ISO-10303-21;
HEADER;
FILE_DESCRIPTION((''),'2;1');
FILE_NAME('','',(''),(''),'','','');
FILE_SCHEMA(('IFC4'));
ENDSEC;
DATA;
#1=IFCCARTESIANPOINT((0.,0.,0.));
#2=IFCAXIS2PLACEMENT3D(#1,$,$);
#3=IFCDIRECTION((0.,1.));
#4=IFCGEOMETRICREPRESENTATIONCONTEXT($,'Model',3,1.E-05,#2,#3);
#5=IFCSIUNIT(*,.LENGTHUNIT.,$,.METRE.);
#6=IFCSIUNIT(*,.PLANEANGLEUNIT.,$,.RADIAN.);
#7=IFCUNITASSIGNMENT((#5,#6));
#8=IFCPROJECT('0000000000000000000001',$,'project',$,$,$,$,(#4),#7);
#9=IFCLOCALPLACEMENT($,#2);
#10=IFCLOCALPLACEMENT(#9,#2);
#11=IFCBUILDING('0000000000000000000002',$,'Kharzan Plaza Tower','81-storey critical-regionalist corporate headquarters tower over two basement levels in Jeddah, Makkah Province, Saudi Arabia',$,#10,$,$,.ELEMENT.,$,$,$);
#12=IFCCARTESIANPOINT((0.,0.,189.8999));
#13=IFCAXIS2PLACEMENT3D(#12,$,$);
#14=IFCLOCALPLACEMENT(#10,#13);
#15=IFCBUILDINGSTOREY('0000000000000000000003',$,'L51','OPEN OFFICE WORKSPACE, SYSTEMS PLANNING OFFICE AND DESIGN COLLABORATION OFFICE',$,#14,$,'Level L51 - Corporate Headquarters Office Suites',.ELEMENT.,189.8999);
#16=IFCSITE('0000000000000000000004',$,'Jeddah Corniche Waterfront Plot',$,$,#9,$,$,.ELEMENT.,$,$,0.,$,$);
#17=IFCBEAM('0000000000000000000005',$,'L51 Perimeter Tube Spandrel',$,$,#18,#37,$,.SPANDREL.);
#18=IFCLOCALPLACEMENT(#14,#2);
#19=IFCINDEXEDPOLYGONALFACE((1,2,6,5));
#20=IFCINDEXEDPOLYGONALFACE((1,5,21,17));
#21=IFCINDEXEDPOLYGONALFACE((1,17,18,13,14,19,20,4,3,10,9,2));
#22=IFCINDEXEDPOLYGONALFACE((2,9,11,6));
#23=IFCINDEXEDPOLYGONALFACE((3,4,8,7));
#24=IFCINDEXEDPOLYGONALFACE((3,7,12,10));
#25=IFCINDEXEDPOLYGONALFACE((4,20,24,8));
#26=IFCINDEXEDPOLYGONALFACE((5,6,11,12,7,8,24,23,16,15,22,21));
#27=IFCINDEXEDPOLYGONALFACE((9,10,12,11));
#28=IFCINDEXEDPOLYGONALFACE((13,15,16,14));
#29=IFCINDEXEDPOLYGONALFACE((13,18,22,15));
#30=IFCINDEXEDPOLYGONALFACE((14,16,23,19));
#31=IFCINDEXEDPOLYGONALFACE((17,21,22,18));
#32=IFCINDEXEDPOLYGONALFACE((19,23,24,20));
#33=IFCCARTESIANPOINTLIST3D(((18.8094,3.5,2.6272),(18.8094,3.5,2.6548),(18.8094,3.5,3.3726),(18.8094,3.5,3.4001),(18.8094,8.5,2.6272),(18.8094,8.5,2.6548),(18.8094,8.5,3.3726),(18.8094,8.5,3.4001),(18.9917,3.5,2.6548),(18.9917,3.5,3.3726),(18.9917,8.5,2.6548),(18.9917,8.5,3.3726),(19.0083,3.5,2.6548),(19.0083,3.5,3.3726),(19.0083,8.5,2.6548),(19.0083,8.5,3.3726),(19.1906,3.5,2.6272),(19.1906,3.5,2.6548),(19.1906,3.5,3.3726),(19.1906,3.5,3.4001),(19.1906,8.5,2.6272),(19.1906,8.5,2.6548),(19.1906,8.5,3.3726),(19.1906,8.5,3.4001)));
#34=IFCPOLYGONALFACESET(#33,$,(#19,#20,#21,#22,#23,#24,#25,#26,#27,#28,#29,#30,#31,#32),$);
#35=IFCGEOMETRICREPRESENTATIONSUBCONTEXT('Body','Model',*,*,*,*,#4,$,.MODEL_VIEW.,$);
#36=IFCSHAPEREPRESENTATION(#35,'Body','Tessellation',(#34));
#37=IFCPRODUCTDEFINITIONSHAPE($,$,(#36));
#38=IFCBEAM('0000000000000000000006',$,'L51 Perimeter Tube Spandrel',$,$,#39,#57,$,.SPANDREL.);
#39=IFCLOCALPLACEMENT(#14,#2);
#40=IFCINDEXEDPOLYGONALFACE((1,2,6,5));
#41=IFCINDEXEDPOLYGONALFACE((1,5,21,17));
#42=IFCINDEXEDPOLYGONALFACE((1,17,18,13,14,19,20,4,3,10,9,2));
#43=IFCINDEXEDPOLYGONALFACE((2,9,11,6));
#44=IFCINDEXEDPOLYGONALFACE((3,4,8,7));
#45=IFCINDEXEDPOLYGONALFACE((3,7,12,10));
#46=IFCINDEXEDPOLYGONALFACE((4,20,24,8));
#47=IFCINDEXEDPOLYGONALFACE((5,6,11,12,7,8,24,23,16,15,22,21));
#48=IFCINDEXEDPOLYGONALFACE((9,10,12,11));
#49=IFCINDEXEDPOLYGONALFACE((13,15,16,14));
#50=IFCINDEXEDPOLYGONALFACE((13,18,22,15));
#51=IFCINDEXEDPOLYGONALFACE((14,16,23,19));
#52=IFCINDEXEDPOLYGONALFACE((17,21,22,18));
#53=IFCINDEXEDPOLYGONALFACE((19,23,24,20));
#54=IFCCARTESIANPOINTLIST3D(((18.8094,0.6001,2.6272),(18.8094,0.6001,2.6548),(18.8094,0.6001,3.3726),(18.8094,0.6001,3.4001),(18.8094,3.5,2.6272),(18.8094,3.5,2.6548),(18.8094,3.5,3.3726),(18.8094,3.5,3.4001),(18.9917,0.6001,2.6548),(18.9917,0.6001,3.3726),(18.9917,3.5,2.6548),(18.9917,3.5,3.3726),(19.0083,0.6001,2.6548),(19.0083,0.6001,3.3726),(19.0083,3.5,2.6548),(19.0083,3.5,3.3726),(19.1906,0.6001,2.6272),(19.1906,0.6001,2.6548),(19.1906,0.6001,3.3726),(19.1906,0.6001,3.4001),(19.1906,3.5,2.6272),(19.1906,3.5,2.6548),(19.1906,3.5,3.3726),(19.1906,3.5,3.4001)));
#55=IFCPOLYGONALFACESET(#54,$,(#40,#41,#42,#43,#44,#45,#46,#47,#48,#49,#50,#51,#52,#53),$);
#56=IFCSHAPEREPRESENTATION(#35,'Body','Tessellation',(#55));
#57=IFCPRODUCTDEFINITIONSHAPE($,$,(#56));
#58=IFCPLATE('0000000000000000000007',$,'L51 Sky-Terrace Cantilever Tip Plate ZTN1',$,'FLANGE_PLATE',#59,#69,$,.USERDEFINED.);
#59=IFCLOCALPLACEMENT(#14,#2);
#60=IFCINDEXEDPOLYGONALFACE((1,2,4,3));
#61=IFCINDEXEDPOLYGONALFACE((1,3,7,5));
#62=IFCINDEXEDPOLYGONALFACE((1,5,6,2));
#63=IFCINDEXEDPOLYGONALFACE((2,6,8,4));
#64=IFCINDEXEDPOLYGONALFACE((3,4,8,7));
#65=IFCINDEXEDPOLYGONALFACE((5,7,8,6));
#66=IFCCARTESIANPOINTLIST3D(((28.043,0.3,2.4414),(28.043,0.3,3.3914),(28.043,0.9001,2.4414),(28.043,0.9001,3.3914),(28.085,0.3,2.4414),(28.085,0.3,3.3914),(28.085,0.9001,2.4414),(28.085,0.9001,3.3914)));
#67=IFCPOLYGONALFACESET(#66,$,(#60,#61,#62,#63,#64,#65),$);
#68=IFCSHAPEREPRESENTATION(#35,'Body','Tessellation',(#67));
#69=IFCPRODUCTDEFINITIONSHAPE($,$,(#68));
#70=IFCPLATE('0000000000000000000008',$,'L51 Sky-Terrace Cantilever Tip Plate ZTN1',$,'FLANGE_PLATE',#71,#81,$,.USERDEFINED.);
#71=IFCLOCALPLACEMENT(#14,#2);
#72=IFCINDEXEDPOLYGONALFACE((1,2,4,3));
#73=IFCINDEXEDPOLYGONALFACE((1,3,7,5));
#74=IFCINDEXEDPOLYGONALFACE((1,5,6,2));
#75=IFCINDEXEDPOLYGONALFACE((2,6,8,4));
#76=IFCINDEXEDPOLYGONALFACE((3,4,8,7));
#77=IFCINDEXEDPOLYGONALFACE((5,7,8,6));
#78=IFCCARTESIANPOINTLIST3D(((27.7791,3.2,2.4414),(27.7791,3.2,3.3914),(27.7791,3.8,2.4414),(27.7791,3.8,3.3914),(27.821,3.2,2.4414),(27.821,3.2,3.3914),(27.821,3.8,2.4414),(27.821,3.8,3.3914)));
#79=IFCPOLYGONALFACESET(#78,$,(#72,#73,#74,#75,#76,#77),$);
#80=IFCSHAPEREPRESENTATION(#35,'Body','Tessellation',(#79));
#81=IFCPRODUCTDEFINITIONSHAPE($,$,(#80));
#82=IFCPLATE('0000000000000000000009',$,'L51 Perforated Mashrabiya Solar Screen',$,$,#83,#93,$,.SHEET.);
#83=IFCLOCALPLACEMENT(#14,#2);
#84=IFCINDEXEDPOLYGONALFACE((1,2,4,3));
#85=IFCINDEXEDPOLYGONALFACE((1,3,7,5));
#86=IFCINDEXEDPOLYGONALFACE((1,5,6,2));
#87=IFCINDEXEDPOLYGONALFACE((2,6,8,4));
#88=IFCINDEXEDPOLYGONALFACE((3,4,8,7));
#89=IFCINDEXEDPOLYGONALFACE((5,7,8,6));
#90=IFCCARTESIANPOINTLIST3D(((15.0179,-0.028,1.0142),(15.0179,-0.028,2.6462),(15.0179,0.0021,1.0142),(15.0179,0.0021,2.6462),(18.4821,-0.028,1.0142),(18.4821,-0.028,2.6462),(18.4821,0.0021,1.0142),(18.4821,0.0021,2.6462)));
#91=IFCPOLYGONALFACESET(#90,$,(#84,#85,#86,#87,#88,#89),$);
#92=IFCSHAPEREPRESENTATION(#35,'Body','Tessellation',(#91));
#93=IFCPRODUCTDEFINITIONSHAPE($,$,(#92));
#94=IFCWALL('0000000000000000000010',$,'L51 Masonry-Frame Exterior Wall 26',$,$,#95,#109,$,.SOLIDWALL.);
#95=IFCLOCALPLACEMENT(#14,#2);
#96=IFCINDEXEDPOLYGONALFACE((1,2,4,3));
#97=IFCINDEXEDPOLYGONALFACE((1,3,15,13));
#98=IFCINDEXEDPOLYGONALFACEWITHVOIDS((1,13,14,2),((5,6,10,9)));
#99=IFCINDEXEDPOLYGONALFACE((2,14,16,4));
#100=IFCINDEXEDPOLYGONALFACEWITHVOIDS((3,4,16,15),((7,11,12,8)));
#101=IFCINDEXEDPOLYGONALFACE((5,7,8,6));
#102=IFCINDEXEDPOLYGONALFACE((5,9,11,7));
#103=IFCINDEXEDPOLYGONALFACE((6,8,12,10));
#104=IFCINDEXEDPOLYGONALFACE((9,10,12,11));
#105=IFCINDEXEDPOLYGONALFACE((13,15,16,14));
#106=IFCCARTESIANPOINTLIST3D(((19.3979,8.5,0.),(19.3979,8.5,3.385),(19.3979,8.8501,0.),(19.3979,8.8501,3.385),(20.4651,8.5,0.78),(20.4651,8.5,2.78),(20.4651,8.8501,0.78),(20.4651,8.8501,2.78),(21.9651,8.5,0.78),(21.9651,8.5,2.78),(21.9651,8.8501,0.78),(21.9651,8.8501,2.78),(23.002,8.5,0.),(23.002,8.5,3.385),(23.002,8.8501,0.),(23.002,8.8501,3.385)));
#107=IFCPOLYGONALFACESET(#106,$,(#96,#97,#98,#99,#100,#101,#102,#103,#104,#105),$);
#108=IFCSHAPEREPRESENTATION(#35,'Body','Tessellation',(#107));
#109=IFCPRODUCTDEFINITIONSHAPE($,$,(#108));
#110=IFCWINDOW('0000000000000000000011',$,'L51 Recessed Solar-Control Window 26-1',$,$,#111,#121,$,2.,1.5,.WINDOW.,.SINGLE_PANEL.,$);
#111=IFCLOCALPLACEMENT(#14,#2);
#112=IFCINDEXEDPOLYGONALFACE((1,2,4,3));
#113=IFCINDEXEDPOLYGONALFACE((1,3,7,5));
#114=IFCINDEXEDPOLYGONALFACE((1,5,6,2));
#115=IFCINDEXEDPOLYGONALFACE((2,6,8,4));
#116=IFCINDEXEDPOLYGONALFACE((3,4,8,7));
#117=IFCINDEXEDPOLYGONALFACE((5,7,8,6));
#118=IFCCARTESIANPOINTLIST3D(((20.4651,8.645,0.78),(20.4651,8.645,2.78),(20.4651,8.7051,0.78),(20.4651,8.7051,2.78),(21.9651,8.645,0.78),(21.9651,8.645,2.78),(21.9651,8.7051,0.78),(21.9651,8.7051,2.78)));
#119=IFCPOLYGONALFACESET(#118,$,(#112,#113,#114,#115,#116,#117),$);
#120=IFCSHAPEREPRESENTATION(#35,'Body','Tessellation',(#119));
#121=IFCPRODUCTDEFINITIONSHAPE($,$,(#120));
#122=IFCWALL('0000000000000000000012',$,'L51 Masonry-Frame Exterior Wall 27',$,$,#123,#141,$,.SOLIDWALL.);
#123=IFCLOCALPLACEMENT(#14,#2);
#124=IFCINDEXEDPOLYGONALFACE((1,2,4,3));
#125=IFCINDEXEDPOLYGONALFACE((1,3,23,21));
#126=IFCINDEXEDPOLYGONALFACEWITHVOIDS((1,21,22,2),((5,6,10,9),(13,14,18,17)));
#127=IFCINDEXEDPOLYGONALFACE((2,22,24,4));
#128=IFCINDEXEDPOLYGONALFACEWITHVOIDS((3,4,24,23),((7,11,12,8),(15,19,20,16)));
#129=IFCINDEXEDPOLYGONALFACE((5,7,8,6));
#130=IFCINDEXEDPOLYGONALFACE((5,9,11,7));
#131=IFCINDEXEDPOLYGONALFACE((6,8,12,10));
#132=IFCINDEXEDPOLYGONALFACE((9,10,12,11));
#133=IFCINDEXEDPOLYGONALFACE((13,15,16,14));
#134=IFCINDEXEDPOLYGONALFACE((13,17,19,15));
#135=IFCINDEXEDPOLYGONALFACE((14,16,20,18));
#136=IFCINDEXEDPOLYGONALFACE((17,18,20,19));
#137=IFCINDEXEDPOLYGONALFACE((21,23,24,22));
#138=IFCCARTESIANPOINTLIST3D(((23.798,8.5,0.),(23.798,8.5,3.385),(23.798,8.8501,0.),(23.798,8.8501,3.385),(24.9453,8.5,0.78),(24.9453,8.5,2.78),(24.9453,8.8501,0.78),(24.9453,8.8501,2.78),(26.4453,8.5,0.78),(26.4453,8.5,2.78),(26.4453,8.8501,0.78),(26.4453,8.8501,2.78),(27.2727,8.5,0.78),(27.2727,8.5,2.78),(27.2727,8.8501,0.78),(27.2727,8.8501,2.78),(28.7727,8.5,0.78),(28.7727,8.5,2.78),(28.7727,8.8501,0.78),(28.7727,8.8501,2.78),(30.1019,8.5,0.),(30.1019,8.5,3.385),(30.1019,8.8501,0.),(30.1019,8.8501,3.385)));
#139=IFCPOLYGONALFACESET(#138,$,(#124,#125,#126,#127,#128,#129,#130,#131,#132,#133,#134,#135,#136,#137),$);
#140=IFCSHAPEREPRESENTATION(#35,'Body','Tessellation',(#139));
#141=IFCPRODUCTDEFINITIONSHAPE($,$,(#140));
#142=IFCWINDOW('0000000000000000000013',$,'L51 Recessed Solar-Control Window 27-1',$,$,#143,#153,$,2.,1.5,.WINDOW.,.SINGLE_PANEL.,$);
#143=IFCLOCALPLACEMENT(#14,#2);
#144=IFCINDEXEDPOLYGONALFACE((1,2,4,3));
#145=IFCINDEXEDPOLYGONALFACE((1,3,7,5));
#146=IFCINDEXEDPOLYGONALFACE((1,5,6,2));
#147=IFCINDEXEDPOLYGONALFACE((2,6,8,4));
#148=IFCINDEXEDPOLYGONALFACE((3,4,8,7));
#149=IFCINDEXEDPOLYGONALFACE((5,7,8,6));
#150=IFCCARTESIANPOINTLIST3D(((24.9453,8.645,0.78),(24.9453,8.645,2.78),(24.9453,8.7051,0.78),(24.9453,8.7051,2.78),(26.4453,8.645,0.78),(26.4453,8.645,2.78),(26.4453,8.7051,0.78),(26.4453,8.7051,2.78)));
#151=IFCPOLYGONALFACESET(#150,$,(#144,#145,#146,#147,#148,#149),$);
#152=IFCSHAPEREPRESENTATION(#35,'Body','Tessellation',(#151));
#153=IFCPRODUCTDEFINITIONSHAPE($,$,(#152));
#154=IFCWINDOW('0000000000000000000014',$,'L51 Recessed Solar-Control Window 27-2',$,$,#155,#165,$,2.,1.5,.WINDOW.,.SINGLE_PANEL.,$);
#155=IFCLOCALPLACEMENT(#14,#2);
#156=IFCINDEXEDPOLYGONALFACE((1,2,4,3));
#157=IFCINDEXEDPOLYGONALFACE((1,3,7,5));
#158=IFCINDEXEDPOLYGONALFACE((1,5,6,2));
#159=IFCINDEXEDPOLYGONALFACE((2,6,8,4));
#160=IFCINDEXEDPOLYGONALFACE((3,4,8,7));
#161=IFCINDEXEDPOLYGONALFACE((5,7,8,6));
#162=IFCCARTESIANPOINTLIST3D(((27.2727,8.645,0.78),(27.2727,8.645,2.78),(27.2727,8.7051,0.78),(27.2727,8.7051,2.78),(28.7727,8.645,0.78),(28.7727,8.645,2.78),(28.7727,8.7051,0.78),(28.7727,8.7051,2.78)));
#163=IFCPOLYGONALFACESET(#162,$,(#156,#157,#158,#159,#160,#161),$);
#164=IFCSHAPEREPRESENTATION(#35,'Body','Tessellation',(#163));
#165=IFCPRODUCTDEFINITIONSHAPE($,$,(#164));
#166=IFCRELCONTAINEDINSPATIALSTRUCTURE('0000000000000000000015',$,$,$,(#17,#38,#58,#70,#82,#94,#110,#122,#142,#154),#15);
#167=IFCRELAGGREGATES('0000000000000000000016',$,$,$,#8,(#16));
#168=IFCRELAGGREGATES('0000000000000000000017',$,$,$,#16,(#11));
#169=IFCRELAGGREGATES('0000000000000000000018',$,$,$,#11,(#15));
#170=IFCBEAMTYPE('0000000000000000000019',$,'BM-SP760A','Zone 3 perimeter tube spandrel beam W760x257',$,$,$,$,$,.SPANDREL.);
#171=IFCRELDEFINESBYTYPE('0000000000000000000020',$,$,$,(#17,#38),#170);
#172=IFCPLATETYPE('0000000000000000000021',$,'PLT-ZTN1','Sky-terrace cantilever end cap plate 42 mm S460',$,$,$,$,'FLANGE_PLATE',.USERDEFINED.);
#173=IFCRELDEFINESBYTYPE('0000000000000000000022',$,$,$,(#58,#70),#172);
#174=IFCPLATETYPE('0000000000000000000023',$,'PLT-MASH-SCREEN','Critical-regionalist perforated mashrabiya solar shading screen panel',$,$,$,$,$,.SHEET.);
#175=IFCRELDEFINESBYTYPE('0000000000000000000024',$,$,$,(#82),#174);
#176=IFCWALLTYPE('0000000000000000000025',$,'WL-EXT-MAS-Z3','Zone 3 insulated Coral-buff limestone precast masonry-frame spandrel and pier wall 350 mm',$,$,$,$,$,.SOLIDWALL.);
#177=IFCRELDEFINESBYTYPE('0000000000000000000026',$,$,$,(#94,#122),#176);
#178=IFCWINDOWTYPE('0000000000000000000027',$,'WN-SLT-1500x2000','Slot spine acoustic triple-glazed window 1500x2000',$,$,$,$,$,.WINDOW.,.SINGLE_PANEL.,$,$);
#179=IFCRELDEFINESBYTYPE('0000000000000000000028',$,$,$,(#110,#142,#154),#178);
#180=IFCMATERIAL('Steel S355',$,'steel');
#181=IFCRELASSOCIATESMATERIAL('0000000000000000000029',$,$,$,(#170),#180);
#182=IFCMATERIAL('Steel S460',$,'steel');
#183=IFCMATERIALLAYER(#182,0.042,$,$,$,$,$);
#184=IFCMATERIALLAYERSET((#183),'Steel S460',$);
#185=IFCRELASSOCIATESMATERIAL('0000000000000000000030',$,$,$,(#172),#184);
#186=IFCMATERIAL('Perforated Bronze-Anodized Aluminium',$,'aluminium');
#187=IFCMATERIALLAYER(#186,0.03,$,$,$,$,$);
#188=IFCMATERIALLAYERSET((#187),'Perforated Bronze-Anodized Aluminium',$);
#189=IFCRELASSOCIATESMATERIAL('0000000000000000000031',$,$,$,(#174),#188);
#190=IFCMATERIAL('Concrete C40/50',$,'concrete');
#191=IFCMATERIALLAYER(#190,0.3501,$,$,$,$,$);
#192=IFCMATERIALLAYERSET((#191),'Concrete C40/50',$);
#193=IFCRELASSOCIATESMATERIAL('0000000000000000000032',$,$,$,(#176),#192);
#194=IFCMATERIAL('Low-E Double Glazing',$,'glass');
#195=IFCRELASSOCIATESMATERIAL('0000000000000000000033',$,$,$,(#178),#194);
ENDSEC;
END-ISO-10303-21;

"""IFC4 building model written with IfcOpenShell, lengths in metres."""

from ifc_helpers import new_model, si_unit, direction, frame, frame_2d, origin, origin_2d, place, context, subcontext, project, spatial, rectangle, i_section, extrude, source, transform, mapped, material, layer, layer_set, material_profile, profile_set, type_object, element, fill, save


model = new_model("IFC4")

# Units and contexts
model_context = context("Model", 3, precision=1e-05, world=origin(), true_north=direction((0.0, 1.0)))
body_context = subcontext(model_context, "Body", "Model", "MODEL_VIEW")
ifc_project = project(units=[si_unit("LENGTHUNIT", "METRE"), si_unit("PLANEANGLEUNIT", "RADIAN")], contexts=[model_context])

# Site, building, storey
site_placement = place(None, origin())
site = spatial("IfcSite", under=ifc_project, at=site_placement, Name="Jeddah Corniche Waterfront Plot", CompositionType="ELEMENT", RefElevation=0.0)
building_placement = place(site_placement, origin())
building = spatial("IfcBuilding", under=site, at=building_placement, Name="Kharzan Plaza Tower", Description="81-storey critical-regionalist corporate headquarters tower over two basement levels in Jeddah, Makkah Province, Saudi Arabia", CompositionType="ELEMENT")
storey_placement = place(building_placement, frame((0.0, 0.0, 189.8999)))
storey = spatial("IfcBuildingStorey", under=building, at=storey_placement, Name="L51", Description="OPEN OFFICE WORKSPACE, SYSTEMS PLANNING OFFICE AND DESIGN COLLABORATION OFFICE", LongName="Level L51 - Corporate Headquarters Office Suites", CompositionType="ELEMENT", Elevation=189.8999)

# Shared definitions
ifc_material_1 = material(Name="Steel S355", Category="steel")

# Beams
ifc_material_profile_1 = material_profile(ifc_material_1, i_section(OverallWidth=0.3811, OverallDepth=0.7729, WebThickness=0.0166, FlangeThickness=0.0276, at=origin_2d()), Name="W760x257")
ifc_profile_set_1 = profile_set([ifc_material_profile_1], Name="Steel S355")
beam_type_1 = type_object("IfcBeamType", Name="BM-SP760A", Description="Zone 3 perimeter tube spandrel beam W760x257", PredefinedType="SPANDREL", material=ifc_profile_set_1)
shared_shape_1 = source(origin(), body_context, "Body", "SweptSolid", [
    extrude(i_section(OverallWidth=0.3811, OverallDepth=0.7729, WebThickness=0.0166, FlangeThickness=0.0276, at=origin_2d()), origin(), (0.0, 0.0, 1.0), 5.0),
])
beam_1_placement = place(storey_placement, frame((19.0, 3.5, 3.0137), z_axis=(0.0, 1.0, 0.0), x_axis=(-1.0, 0.0, 0.0)))
element("IfcBeam", 1, at=beam_1_placement, inside=storey, type_object=beam_type_1, Name="L51 Perimeter Tube Spandrel", PredefinedType="SPANDREL", context=body_context, shape_type="MappedRepresentation", body=[
    mapped(shared_shape_1, transform((0.0, 0.0, 0.0), x_axis=(1.0, 0.0, 0.0), y_axis=(0.0, 1.0, 0.0), z_axis=(0.0, 0.0, 1.0))),
])
shared_shape_2 = source(origin(), body_context, "Body", "SweptSolid", [
    extrude(i_section(OverallWidth=0.3811, OverallDepth=0.7729, WebThickness=0.0166, FlangeThickness=0.0276, at=origin_2d()), origin(), (0.0, 0.0, 1.0), 2.8999),
])
beam_2_placement = place(storey_placement, frame((19.0, 0.6001, 3.0137), z_axis=(0.0, 1.0, 0.0), x_axis=(-1.0, 0.0, 0.0)))
element("IfcBeam", 2, at=beam_2_placement, inside=storey, type_object=beam_type_1, Name="L51 Perimeter Tube Spandrel", PredefinedType="SPANDREL", context=body_context, shape_type="MappedRepresentation", body=[
    mapped(shared_shape_2, transform((0.0, 0.0, 0.0), x_axis=(1.0, 0.0, 0.0), y_axis=(0.0, 1.0, 0.0), z_axis=(0.0, 0.0, 1.0))),
])

# Plates
ifc_material_2 = material(Name="Steel S460", Category="steel")
ifc_layer_1 = layer(ifc_material_2, 0.042)
ifc_layer_set_1 = layer_set([ifc_layer_1], Name="Steel S460")
plate_type_1 = type_object("IfcPlateType", Name="PLT-ZTN1", Description="Sky-terrace cantilever end cap plate 42 mm S460", ElementType="FLANGE_PLATE", PredefinedType="USERDEFINED", material=ifc_layer_set_1)
shared_shape_3 = source(origin(), body_context, "Body", "SweptSolid", [
    extrude(rectangle(XDim=0.6001, YDim=0.042, at=origin_2d()), origin(), (0.0, 0.0, 1.0), 0.95),
])
for number, where, z_axis, x_axis, name in (
    (3, (28.064, 0.6001, 2.4414), (0.0, 0.0, 1.0), (0.0, 1.0, 0.0), "L51 Sky-Terrace Cantilever Tip Plate ZTN1"),
    (4, (27.8, 3.5, 2.4414), (0.0, 0.0, 1.0), (0.0, 1.0, 0.0), "L51 Sky-Terrace Cantilever Tip Plate ZTN1"),
):
    element("IfcPlate", number, at=place(storey_placement, frame(where, z_axis=z_axis, x_axis=x_axis)), inside=storey, type_object=plate_type_1, Name=name, ObjectType="FLANGE_PLATE", PredefinedType="USERDEFINED", context=body_context, shape_type="MappedRepresentation", body=[
        mapped(shared_shape_3, transform((0.0, 0.0, 0.0), x_axis=(1.0, 0.0, 0.0), y_axis=(0.0, 1.0, 0.0), z_axis=(0.0, 0.0, 1.0))),
    ])
ifc_material_3 = material(Name="Perforated Bronze-Anodized Aluminium", Category="aluminium")
ifc_layer_2 = layer(ifc_material_3, 0.03)
ifc_layer_set_2 = layer_set([ifc_layer_2], Name="Perforated Bronze-Anodized Aluminium")
plate_type_2 = type_object("IfcPlateType", Name="PLT-MASH-SCREEN", Description="Critical-regionalist perforated mashrabiya solar shading screen panel", PredefinedType="SHEET", material=ifc_layer_set_2)
shared_shape_4 = source(origin(), body_context, "Body", "SweptSolid", [
    extrude(rectangle(XDim=3.4641, YDim=0.03, at=origin_2d()), origin(), (0.0, 0.0, 1.0), 1.6321),
])
plate_placement = place(storey_placement, frame((16.75, -0.0129, 1.0142), z_axis=(0.0, 0.0, 1.0), x_axis=(1.0, 0.0, 0.0)))
element("IfcPlate", 5, at=plate_placement, inside=storey, type_object=plate_type_2, Name="L51 Perforated Mashrabiya Solar Screen", PredefinedType="SHEET", context=body_context, shape_type="MappedRepresentation", body=[
    mapped(shared_shape_4, transform((0.0, 0.0, 0.0), x_axis=(1.0, 0.0, 0.0), y_axis=(0.0, 1.0, 0.0), z_axis=(0.0, 0.0, 1.0))),
])

# Wall, opening, window
ifc_material_4 = material(Name="Concrete C40/50", Category="concrete")
ifc_layer_3 = layer(ifc_material_4, 0.3501)
ifc_layer_set_3 = layer_set([ifc_layer_3], Name="Concrete C40/50")
wall_type_1 = type_object("IfcWallType", Name="WL-EXT-MAS-Z3", Description="Zone 3 insulated Coral-buff limestone precast masonry-frame spandrel and pier wall 350 mm", PredefinedType="SOLIDWALL", material=ifc_layer_set_3)
wall_1_placement = place(storey_placement, frame((19.3979, 8.675, 0.0), z_axis=(0.0, 0.0, 1.0), x_axis=(1.0, 0.0, 0.0)))
wall_1 = element("IfcWall", 6, at=wall_1_placement, inside=storey, type_object=wall_type_1, Name="L51 Masonry-Frame Exterior Wall 26", PredefinedType="SOLIDWALL", context=body_context, shape_type="SweptSolid", body=[
    extrude(rectangle(XDim=3.604, YDim=0.3501, at=frame_2d((1.802, 0.0))), origin(), (0.0, 0.0, 1.0), 3.385),
])
opening_1_placement = place(wall_1_placement, frame((1.0671, 0.0, 0.78)))
opening_1 = element("IfcOpeningElement", 7, at=opening_1_placement, cuts=wall_1, PredefinedType="OPENING", context=body_context, shape_type="SweptSolid", body=[
    extrude(rectangle(XDim=1.5, YDim=2.0, at=frame_2d((0.75, 1.0))), frame((0.0, 0.1851, 0.0), z_axis=(0.0, -1.0, 0.0), x_axis=(1.0, 0.0, 0.0)), (0.0, 0.0, 1.0), 0.3701),
])
ifc_material_5 = material(Name="Low-E Double Glazing", Category="glass")
window_type = type_object("IfcWindowType", Name="WN-SLT-1500x2000", Description="Slot spine acoustic triple-glazed window 1500x2000", PartitioningType="SINGLE_PANEL", PredefinedType="WINDOW", material=ifc_material_5)
shared_shape_5 = source(origin(), body_context, "Body", "SweptSolid", [
    extrude(rectangle(XDim=1.5, YDim=2.0, at=frame_2d((0.75, 1.0))), frame((0.0, 0.03, 0.0), z_axis=(0.0, -1.0, 0.0), x_axis=(1.0, 0.0, 0.0)), (0.0, 0.0, 1.0), 0.0601),
])
window_1_placement = place(opening_1_placement, origin())
window_1 = element("IfcWindow", 8, at=window_1_placement, inside=storey, type_object=window_type, Name="L51 Recessed Solar-Control Window 26-1", OverallHeight=2.0, OverallWidth=1.5, PartitioningType="SINGLE_PANEL", PredefinedType="WINDOW", context=body_context, shape_type="MappedRepresentation", body=[
    mapped(shared_shape_5, transform((0.0, 0.0, 0.0), x_axis=(1.0, 0.0, 0.0), y_axis=(0.0, 1.0, 0.0), z_axis=(0.0, 0.0, 1.0))),
])
fill(opening_1, window_1)

# Wall, openings, windows
wall_2_placement = place(storey_placement, frame((23.7981, 8.675, 0.0), z_axis=(0.0, 0.0, 1.0), x_axis=(1.0, 0.0, 0.0)))
wall_2 = element("IfcWall", 9, at=wall_2_placement, inside=storey, type_object=wall_type_1, Name="L51 Masonry-Frame Exterior Wall 27", PredefinedType="SOLIDWALL", context=body_context, shape_type="SweptSolid", body=[
    extrude(rectangle(XDim=6.304, YDim=0.3501, at=frame_2d((3.1519, 0.0))), origin(), (0.0, 0.0, 1.0), 3.385),
])
opening_2_placement = place(wall_2_placement, frame((1.1472, 0.0, 0.78)))
opening_2 = element("IfcOpeningElement", 10, at=opening_2_placement, cuts=wall_2, PredefinedType="OPENING", context=body_context, shape_type="SweptSolid", body=[
    extrude(rectangle(XDim=1.5, YDim=2.0, at=frame_2d((0.75, 1.0))), frame((0.0, 0.1851, 0.0), z_axis=(0.0, -1.0, 0.0), x_axis=(1.0, 0.0, 0.0)), (0.0, 0.0, 1.0), 0.3701),
])
opening_3_placement = place(wall_2_placement, frame((3.4746, 0.0, 0.78)))
opening_3 = element("IfcOpeningElement", 11, at=opening_3_placement, cuts=wall_2, PredefinedType="OPENING", context=body_context, shape_type="SweptSolid", body=[
    extrude(rectangle(XDim=1.5, YDim=2.0, at=frame_2d((0.75, 1.0))), frame((0.0, 0.1851, 0.0), z_axis=(0.0, -1.0, 0.0), x_axis=(1.0, 0.0, 0.0)), (0.0, 0.0, 1.0), 0.3701),
])
window_2_placement = place(opening_2_placement, origin())
window_2 = element("IfcWindow", 12, at=window_2_placement, inside=storey, type_object=window_type, Name="L51 Recessed Solar-Control Window 27-1", OverallHeight=2.0, OverallWidth=1.5, PartitioningType="SINGLE_PANEL", PredefinedType="WINDOW", context=body_context, shape_type="MappedRepresentation", body=[
    mapped(shared_shape_5, transform((0.0, 0.0, 0.0), x_axis=(1.0, 0.0, 0.0), y_axis=(0.0, 1.0, 0.0), z_axis=(0.0, 0.0, 1.0))),
])
fill(opening_2, window_2)
window_3_placement = place(opening_3_placement, origin())
window_3 = element("IfcWindow", 13, at=window_3_placement, inside=storey, type_object=window_type, Name="L51 Recessed Solar-Control Window 27-2", OverallHeight=2.0, OverallWidth=1.5, PartitioningType="SINGLE_PANEL", PredefinedType="WINDOW", context=body_context, shape_type="MappedRepresentation", body=[
    mapped(shared_shape_5, transform((0.0, 0.0, 0.0), x_axis=(1.0, 0.0, 0.0), y_axis=(0.0, 1.0, 0.0), z_axis=(0.0, 0.0, 1.0))),
])
fill(opening_3, window_3)

save(model, "model.ifc")
